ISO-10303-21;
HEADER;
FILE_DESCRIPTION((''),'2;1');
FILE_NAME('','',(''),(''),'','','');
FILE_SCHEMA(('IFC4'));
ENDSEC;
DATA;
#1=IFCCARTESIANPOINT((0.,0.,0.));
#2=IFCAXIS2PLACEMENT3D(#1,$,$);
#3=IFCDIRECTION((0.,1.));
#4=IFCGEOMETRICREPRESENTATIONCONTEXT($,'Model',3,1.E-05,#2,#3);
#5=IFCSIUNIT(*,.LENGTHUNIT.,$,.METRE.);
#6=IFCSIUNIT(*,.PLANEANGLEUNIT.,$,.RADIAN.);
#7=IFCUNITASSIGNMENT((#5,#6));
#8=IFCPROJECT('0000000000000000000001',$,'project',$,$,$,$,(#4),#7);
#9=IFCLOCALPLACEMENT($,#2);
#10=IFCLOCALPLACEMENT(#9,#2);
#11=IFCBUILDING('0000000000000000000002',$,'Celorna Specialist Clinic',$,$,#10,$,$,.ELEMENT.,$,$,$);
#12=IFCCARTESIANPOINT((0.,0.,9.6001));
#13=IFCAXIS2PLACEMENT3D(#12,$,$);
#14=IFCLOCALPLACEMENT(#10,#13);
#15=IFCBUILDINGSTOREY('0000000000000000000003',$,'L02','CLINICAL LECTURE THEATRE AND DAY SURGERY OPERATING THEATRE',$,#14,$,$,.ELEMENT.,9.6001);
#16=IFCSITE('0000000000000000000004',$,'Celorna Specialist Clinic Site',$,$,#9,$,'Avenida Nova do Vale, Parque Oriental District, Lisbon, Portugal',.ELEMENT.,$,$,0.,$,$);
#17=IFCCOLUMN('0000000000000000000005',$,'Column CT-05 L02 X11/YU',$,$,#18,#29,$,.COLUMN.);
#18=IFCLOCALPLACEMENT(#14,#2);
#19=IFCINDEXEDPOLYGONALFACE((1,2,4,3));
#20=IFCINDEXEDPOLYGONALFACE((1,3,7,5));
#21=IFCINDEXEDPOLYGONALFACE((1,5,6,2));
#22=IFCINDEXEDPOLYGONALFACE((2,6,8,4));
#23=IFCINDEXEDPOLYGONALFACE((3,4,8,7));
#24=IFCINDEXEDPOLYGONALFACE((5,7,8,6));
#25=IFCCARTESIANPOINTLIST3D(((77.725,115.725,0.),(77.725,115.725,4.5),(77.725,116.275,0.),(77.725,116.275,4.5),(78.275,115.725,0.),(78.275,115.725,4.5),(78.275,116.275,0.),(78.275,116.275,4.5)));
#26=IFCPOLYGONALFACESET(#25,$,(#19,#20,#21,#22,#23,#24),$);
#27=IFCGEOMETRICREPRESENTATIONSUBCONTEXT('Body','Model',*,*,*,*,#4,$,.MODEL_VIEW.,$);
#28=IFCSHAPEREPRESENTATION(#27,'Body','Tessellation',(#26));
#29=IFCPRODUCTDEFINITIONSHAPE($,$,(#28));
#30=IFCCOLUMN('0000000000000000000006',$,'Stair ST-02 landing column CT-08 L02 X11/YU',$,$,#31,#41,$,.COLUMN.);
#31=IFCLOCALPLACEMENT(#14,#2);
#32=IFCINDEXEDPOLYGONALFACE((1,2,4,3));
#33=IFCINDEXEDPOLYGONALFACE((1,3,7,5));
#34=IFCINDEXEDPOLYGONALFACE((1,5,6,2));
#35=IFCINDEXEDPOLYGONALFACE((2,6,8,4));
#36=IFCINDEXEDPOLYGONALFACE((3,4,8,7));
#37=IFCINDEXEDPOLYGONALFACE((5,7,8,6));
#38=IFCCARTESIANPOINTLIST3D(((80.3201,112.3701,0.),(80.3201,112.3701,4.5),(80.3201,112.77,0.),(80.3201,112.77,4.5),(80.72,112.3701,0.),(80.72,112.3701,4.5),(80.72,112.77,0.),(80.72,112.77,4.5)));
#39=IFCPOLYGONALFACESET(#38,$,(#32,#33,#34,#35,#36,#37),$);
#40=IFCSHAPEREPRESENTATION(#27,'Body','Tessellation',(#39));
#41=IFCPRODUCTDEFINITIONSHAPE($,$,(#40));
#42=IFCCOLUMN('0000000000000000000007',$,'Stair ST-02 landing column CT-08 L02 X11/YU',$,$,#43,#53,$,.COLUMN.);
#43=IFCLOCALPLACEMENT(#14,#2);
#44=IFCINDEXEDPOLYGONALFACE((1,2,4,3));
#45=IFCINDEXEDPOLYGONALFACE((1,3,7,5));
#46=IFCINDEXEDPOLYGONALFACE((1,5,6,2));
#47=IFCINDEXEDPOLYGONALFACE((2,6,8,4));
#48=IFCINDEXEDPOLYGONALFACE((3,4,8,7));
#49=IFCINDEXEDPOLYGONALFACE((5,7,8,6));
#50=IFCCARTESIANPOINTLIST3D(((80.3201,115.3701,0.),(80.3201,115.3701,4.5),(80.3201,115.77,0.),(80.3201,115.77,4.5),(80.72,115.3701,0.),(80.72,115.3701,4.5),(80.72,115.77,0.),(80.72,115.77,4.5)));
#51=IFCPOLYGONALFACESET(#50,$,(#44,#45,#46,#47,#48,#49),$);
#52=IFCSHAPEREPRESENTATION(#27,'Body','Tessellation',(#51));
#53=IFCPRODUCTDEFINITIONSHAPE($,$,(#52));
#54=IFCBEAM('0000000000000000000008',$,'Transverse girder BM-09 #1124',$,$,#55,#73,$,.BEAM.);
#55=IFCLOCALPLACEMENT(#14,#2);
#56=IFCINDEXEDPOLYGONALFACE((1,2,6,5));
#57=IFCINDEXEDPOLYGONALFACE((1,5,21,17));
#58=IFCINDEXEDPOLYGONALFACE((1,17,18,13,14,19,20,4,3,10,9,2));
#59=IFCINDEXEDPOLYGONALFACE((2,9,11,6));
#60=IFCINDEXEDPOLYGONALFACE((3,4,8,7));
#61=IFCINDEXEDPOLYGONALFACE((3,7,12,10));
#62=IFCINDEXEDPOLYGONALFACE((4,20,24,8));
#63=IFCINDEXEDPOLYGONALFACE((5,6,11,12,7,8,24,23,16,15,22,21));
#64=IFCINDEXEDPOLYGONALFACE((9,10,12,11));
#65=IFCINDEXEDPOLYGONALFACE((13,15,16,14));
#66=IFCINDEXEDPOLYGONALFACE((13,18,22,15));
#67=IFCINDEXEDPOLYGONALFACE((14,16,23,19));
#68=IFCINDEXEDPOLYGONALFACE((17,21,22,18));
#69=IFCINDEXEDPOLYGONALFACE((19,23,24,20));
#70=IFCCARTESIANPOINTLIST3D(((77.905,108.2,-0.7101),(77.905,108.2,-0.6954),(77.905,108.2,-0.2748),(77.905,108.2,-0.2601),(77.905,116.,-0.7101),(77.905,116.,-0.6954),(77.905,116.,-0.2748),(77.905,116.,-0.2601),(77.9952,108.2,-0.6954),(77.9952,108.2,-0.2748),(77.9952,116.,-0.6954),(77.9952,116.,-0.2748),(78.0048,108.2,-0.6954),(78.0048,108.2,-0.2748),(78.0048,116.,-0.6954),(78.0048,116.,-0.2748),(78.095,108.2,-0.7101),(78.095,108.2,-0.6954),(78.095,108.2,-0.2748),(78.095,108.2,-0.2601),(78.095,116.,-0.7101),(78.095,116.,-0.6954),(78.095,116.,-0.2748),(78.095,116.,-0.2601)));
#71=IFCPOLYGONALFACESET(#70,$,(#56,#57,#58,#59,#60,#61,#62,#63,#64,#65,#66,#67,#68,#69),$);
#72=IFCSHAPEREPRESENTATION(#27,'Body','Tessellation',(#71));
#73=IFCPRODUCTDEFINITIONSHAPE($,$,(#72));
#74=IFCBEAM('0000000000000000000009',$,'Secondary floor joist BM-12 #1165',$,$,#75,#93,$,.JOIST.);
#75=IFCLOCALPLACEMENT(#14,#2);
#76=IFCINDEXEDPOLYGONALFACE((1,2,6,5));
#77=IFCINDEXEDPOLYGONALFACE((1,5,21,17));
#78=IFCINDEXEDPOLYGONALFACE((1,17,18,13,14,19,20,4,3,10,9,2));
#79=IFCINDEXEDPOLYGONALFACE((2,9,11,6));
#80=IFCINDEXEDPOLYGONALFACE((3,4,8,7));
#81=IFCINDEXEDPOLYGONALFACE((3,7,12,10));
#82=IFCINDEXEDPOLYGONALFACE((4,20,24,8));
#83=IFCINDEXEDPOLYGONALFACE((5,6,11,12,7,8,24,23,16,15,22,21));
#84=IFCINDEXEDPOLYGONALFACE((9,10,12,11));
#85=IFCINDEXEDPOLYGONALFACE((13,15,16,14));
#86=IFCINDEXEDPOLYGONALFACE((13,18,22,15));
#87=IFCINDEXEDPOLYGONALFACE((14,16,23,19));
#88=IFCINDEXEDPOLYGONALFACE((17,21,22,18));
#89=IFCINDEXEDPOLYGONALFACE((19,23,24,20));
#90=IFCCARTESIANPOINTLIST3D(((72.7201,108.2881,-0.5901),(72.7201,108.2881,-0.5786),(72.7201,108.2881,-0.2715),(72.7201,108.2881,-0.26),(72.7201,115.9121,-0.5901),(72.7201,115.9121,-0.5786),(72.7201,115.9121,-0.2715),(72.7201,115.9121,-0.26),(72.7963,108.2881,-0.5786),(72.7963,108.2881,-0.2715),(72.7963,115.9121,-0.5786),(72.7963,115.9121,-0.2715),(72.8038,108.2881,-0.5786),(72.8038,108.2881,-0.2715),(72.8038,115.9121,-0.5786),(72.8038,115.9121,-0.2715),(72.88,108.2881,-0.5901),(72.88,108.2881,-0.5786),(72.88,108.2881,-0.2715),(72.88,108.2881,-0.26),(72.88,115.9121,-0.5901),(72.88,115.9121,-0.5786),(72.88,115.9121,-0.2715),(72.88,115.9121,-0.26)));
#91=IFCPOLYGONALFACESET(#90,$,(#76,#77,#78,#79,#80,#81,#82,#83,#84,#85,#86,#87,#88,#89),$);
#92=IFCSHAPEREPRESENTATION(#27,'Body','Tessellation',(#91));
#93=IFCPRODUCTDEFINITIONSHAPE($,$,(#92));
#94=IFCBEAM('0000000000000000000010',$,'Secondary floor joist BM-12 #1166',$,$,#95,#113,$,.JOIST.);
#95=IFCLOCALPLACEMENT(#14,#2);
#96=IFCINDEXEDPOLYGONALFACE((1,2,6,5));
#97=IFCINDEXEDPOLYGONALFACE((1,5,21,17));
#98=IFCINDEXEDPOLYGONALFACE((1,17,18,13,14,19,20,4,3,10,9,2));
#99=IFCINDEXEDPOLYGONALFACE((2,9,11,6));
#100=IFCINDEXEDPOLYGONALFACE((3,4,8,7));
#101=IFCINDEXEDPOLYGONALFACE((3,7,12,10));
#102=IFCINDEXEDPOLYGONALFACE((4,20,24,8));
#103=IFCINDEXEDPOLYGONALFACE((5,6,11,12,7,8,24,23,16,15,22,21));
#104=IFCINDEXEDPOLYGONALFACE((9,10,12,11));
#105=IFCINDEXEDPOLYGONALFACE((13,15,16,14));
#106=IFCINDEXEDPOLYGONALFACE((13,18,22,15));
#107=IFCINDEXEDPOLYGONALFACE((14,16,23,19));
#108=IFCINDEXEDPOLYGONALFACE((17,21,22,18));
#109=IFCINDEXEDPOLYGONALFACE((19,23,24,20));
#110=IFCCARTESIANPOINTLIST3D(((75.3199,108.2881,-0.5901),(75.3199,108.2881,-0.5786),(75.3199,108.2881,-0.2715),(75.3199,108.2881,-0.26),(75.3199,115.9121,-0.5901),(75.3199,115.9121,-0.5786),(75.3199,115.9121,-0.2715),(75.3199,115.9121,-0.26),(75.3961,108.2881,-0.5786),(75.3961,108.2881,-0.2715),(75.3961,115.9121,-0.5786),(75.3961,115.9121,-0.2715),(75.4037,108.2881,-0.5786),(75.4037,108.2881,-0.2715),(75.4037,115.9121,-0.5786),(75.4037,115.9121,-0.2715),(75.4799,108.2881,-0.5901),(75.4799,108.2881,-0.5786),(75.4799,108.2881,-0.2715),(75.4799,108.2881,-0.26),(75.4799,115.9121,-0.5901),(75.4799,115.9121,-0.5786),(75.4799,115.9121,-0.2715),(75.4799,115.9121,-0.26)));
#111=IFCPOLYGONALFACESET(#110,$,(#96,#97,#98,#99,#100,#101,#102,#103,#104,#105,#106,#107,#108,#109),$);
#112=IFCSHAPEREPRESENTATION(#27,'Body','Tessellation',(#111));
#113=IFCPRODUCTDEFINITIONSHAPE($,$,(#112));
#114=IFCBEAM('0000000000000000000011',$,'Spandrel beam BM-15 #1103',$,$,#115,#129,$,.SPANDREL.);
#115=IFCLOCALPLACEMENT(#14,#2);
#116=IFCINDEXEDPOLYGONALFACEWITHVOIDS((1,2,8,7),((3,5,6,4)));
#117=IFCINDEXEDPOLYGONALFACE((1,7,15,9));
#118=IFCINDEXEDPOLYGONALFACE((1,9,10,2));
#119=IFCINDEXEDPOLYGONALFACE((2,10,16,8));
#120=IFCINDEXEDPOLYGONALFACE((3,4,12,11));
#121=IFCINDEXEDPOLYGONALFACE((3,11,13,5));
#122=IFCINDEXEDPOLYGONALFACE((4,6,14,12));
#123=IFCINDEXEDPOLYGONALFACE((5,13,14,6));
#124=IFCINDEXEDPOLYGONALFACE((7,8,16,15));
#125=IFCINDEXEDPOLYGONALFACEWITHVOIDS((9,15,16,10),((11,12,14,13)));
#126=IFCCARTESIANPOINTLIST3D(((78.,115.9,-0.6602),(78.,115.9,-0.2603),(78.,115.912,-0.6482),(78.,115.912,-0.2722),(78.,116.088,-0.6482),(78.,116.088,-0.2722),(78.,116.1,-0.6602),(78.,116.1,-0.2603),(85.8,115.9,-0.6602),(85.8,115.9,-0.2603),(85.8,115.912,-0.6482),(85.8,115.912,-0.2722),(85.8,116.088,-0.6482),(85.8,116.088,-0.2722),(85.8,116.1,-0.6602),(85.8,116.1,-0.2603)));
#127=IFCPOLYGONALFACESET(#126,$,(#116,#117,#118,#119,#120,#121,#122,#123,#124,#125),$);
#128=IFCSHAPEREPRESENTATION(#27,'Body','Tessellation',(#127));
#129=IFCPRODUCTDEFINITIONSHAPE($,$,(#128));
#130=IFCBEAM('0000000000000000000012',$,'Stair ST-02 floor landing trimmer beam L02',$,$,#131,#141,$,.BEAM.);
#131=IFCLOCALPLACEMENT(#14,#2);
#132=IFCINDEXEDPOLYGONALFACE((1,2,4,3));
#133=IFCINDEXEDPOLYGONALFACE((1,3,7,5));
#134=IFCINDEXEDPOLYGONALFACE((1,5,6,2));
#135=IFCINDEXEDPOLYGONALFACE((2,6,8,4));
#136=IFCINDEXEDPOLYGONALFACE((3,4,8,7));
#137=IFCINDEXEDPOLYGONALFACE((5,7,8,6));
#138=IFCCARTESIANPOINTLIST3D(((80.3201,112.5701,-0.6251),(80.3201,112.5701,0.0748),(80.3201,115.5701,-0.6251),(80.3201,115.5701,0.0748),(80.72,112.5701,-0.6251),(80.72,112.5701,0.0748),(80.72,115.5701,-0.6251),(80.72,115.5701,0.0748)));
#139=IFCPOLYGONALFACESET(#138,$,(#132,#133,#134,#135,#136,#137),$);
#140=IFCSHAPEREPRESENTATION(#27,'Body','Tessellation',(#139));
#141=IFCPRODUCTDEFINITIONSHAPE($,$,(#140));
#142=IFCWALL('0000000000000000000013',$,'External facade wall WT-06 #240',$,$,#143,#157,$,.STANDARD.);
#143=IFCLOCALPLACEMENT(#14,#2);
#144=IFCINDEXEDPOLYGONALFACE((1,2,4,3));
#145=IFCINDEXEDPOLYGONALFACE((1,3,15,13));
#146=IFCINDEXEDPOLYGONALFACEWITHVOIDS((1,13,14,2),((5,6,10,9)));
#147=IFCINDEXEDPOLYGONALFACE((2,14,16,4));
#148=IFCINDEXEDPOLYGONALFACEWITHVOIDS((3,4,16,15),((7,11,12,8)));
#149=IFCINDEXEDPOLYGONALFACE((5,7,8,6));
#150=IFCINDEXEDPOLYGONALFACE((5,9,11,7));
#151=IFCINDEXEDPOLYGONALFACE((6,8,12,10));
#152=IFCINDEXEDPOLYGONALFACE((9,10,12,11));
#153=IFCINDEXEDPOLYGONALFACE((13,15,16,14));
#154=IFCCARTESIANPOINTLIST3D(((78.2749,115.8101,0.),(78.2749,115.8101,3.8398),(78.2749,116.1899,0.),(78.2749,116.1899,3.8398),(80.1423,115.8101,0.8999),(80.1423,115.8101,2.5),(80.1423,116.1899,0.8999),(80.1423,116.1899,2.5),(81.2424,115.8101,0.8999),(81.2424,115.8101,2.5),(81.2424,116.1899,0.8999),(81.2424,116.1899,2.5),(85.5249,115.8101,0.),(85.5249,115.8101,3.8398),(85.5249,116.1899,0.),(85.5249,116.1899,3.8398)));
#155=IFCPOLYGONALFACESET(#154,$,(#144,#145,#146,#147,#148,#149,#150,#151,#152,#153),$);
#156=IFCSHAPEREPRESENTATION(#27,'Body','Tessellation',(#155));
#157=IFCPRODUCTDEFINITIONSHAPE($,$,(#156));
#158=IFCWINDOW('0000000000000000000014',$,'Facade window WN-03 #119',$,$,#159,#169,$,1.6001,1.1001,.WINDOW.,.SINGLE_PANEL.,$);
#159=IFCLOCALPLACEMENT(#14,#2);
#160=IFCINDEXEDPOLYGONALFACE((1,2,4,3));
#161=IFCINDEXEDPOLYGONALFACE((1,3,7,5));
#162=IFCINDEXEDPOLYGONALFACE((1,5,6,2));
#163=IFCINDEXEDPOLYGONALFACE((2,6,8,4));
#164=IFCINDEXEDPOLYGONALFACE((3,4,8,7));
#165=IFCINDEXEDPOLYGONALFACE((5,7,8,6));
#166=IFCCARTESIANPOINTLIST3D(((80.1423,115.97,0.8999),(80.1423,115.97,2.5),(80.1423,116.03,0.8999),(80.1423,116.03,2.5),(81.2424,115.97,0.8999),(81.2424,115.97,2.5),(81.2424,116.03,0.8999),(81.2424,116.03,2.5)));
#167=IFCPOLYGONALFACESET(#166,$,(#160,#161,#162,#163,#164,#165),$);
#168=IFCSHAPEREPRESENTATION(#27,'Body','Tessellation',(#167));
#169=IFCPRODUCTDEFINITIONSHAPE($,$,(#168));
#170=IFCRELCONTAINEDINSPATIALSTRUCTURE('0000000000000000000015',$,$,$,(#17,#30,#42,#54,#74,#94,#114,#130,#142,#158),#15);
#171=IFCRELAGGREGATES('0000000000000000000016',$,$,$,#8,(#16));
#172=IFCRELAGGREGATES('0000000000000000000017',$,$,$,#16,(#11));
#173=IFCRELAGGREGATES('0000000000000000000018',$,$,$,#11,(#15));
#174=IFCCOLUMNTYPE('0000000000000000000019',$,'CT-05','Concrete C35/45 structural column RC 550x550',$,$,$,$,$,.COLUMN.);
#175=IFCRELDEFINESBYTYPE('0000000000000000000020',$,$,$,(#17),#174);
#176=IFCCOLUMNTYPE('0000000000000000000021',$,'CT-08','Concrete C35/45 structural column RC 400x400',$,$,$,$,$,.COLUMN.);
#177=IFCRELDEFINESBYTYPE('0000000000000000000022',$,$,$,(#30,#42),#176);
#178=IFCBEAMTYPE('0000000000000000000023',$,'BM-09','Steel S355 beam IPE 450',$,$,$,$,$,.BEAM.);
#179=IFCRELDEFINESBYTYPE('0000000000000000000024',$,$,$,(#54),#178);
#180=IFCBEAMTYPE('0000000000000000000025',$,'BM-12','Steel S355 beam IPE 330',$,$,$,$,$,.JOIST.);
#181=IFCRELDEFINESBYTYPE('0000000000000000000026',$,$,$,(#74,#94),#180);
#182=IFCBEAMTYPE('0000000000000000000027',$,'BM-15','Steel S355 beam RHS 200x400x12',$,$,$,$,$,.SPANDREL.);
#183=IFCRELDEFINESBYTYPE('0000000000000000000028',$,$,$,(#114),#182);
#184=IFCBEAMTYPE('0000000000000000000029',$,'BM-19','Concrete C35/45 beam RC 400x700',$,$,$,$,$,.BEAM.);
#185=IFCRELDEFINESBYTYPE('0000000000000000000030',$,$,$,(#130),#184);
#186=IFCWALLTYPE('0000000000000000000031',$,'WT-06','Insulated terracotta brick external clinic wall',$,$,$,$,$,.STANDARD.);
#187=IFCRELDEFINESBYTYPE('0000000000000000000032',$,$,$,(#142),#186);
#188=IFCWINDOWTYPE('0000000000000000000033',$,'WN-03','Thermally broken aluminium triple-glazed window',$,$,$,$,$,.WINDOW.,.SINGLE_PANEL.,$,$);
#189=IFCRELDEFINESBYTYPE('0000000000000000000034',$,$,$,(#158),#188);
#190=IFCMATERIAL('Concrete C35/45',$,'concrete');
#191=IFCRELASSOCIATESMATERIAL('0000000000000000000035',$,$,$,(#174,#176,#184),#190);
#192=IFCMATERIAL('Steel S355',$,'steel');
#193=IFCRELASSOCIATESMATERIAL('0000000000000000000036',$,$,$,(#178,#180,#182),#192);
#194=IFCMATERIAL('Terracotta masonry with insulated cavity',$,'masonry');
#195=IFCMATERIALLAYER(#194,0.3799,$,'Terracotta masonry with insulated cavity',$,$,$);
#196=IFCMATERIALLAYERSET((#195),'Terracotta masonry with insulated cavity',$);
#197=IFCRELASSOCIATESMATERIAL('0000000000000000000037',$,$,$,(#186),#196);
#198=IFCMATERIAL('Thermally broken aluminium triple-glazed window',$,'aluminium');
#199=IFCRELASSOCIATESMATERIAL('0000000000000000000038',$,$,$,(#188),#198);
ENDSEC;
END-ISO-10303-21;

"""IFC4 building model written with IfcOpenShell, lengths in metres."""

from ifc_helpers import new_model, si_unit, direction, frame, frame_2d, origin, origin_2d, place, context, subcontext, project, spatial, rectangle, hollow_rectangle, i_section, extrude, material, layer, layer_set, material_profile, profile_set, type_object, element, fill, save


model = new_model("IFC4")

# Units and contexts
model_context = context("Model", 3, precision=1e-05, world=origin(), true_north=direction((0.0, 1.0)))
body_context = subcontext(model_context, "Body", "Model", "MODEL_VIEW")
ifc_project = project(units=[si_unit("LENGTHUNIT", "METRE"), si_unit("PLANEANGLEUNIT", "RADIAN")], contexts=[model_context])

# Site, building, storey
site_placement = place(None, origin())
site = spatial("IfcSite", under=ifc_project, at=site_placement, Name="Celorna Specialist Clinic Site", LongName="Avenida Nova do Vale, Parque Oriental District, Lisbon, Portugal", CompositionType="ELEMENT", RefElevation=0.0)
building_placement = place(site_placement, origin())
building = spatial("IfcBuilding", under=site, at=building_placement, Name="Celorna Specialist Clinic", CompositionType="ELEMENT")
storey_placement = place(building_placement, frame((0.0, 0.0, 9.6001)))
storey = spatial("IfcBuildingStorey", under=building, at=storey_placement, Name="L02", Description="CLINICAL LECTURE THEATRE AND DAY SURGERY OPERATING THEATRE", CompositionType="ELEMENT", Elevation=9.6001)

# Columns
ifc_material_1 = material(Name="Concrete C35/45", Category="concrete")
ifc_material_profile_1 = material_profile(ifc_material_1, rectangle(XDim=0.55, YDim=0.55, at=origin_2d()), Name="RC 550x550")
ifc_profile_set_1 = profile_set([ifc_material_profile_1], Name="Concrete C35/45")
column_type_1 = type_object("IfcColumnType", Name="CT-05", Description="Concrete C35/45 structural column RC 550x550", PredefinedType="COLUMN", material=ifc_profile_set_1)
column_placement = place(storey_placement, frame((78.0, 116.0, 0.0), z_axis=(0.0, 0.0, 1.0), x_axis=(1.0, 0.0, 0.0)))
element("IfcColumn", 1, at=column_placement, inside=storey, type_object=column_type_1, Name="Column CT-05 L02 X11/YU", PredefinedType="COLUMN", context=body_context, shape_type="SweptSolid", body=[
    extrude(rectangle(XDim=0.55, YDim=0.55, at=origin_2d()), origin(), (0.0, 0.0, 1.0), 4.5),
])
ifc_material_profile_2 = material_profile(ifc_material_1, rectangle(XDim=0.3999, YDim=0.3999, at=origin_2d()), Name="RC 400x400")
ifc_profile_set_2 = profile_set([ifc_material_profile_2], Name="Concrete C35/45")
column_type_2 = type_object("IfcColumnType", Name="CT-08", Description="Concrete C35/45 structural column RC 400x400", PredefinedType="COLUMN", material=ifc_profile_set_2)
for number, where, z_axis, x_axis, name in (
    (2, (80.52, 112.5701, 0.0), (0.0, 0.0, 1.0), (1.0, 0.0, 0.0), "Stair ST-02 landing column CT-08 L02 X11/YU"),
    (3, (80.52, 115.5701, 0.0), (0.0, 0.0, 1.0), (1.0, 0.0, 0.0), "Stair ST-02 landing column CT-08 L02 X11/YU"),
):
    element("IfcColumn", number, at=place(storey_placement, frame(where, z_axis=z_axis, x_axis=x_axis)), inside=storey, type_object=column_type_2, Name=name, PredefinedType="COLUMN", context=body_context, shape_type="SweptSolid", body=[
        extrude(rectangle(XDim=0.3999, YDim=0.3999, at=origin_2d()), origin(), (0.0, 0.0, 1.0), 4.5),
    ])

# Beams
ifc_material_2 = material(Name="Steel S355", Category="steel")
ifc_material_profile_3 = material_profile(ifc_material_2, i_section(OverallWidth=0.1899, OverallDepth=0.45, WebThickness=0.0095, FlangeThickness=0.0146, at=origin_2d()), Name="IPE 450")
ifc_profile_set_3 = profile_set([ifc_material_profile_3], Name="Steel S355")
beam_type_1 = type_object("IfcBeamType", Name="BM-09", Description="Steel S355 beam IPE 450", PredefinedType="BEAM", material=ifc_profile_set_3)
beam_1_placement = place(storey_placement, frame((78.0, 108.2, -0.4851), z_axis=(0.0, 1.0, 0.0), x_axis=(-1.0, 0.0, 0.0)))
element("IfcBeam", 4, at=beam_1_placement, inside=storey, type_object=beam_type_1, Name="Transverse girder BM-09 #1124", PredefinedType="BEAM", context=body_context, shape_type="SweptSolid", body=[
    extrude(i_section(OverallWidth=0.1899, OverallDepth=0.45, WebThickness=0.0095, FlangeThickness=0.0146, at=origin_2d()), origin(), (0.0, 0.0, 1.0), 7.8),
])
ifc_material_profile_4 = material_profile(ifc_material_2, i_section(OverallWidth=0.1599, OverallDepth=0.3301, WebThickness=0.0076, FlangeThickness=0.0115, at=origin_2d()), Name="IPE 330")
ifc_profile_set_4 = profile_set([ifc_material_profile_4], Name="Steel S355")
beam_type_2 = type_object("IfcBeamType", Name="BM-12", Description="Steel S355 beam IPE 330", PredefinedType="JOIST", material=ifc_profile_set_4)
for number, where, z_axis, x_axis, name in (
    (5, (72.8, 108.2881, -0.425), (0.0, 1.0, 0.0), (-1.0, 0.0, 0.0), "Secondary floor joist BM-12 #1165"),
    (6, (75.3999, 108.2881, -0.425), (0.0, 1.0, 0.0), (-1.0, 0.0, 0.0), "Secondary floor joist BM-12 #1166"),
):
    element("IfcBeam", number, at=place(storey_placement, frame(where, z_axis=z_axis, x_axis=x_axis)), inside=storey, type_object=beam_type_2, Name=name, PredefinedType="JOIST", context=body_context, shape_type="SweptSolid", body=[
        extrude(i_section(OverallWidth=0.1599, OverallDepth=0.3301, WebThickness=0.0076, FlangeThickness=0.0115, at=origin_2d()), origin(), (0.0, 0.0, 1.0), 7.624),
    ])
ifc_material_profile_5 = material_profile(ifc_material_2, hollow_rectangle(XDim=0.2, YDim=0.3999, WallThickness=0.012, at=origin_2d()), Name="RHS 200x400x12")
ifc_profile_set_5 = profile_set([ifc_material_profile_5], Name="Steel S355")
beam_type_3 = type_object("IfcBeamType", Name="BM-15", Description="Steel S355 beam RHS 200x400x12", PredefinedType="SPANDREL", material=ifc_profile_set_5)
beam_2_placement = place(storey_placement, frame((78.0, 116.0, -0.4602), z_axis=(1.0, 0.0, 0.0), x_axis=(0.0, 1.0, 0.0)))
element("IfcBeam", 7, at=beam_2_placement, inside=storey, type_object=beam_type_3, Name="Spandrel beam BM-15 #1103", PredefinedType="SPANDREL", context=body_context, shape_type="SweptSolid", body=[
    extrude(hollow_rectangle(XDim=0.2, YDim=0.3999, WallThickness=0.012, at=origin_2d()), origin(), (0.0, 0.0, 1.0), 7.8),
])
ifc_material_profile_6 = material_profile(ifc_material_1, rectangle(XDim=0.3999, YDim=0.7, at=origin_2d()), Name="RC 400x700")
ifc_profile_set_6 = profile_set([ifc_material_profile_6], Name="Concrete C35/45")
beam_type_4 = type_object("IfcBeamType", Name="BM-19", Description="Concrete C35/45 beam RC 400x700", PredefinedType="BEAM", material=ifc_profile_set_6)
beam_3_placement = place(storey_placement, frame((80.52, 112.5701, -0.2751), z_axis=(0.0, 1.0, 0.0), x_axis=(-1.0, 0.0, 0.0)))
element("IfcBeam", 8, at=beam_3_placement, inside=storey, type_object=beam_type_4, Name="Stair ST-02 floor landing trimmer beam L02", PredefinedType="BEAM", context=body_context, shape_type="SweptSolid", body=[
    extrude(rectangle(XDim=0.3999, YDim=0.7, at=origin_2d()), origin(), (0.0, 0.0, 1.0), 3.0),
])

# Wall, opening, window
ifc_material_3 = material(Name="Terracotta masonry with insulated cavity", Category="masonry")
ifc_layer_1 = layer(ifc_material_3, 0.3799, Name="Terracotta masonry with insulated cavity")
ifc_layer_set_1 = layer_set([ifc_layer_1], Name="Terracotta masonry with insulated cavity")
wall_type_1 = type_object("IfcWallType", Name="WT-06", Description="Insulated terracotta brick external clinic wall", PredefinedType="STANDARD", material=ifc_layer_set_1)
wall_1_placement = place(storey_placement, frame((78.2749, 116.0, 0.0), z_axis=(0.0, 0.0, 1.0), x_axis=(1.0, 0.0, 0.0)))
wall_1 = element("IfcWall", 9, at=wall_1_placement, inside=storey, type_object=wall_type_1, Name="External facade wall WT-06 #240", PredefinedType="STANDARD", context=body_context, shape_type="SweptSolid", body=[
    extrude(rectangle(XDim=7.25, YDim=0.3799, at=frame_2d((3.625, 0.0))), origin(), (0.0, 0.0, 1.0), 3.8398),
])
opening_1_placement = place(wall_1_placement, frame((1.8674, 0.0, 0.8999)))
opening_1 = element("IfcOpeningElement", 10, at=opening_1_placement, cuts=wall_1, PredefinedType="OPENING", context=body_context, shape_type="SweptSolid", body=[
    extrude(rectangle(XDim=1.1001, YDim=1.6001, at=frame_2d((0.55, 0.8))), frame((0.0, 0.2, 0.0), z_axis=(0.0, -1.0, 0.0), x_axis=(1.0, 0.0, 0.0)), (0.0, 0.0, 1.0), 0.3999),
])
ifc_material_4 = material(Name="Thermally broken aluminium triple-glazed window", Category="aluminium")
window_type = type_object("IfcWindowType", Name="WN-03", Description="Thermally broken aluminium triple-glazed window", PartitioningType="SINGLE_PANEL", PredefinedType="WINDOW", material=ifc_material_4)
window_placement = place(opening_1_placement, origin())
window = element("IfcWindow", 11, at=window_placement, inside=storey, type_object=window_type, Name="Facade window WN-03 #119", OverallHeight=1.6001, OverallWidth=1.1001, PartitioningType="SINGLE_PANEL", PredefinedType="WINDOW", context=body_context, shape_type="SweptSolid", body=[
    extrude(rectangle(XDim=1.1001, YDim=1.6001, at=frame_2d((0.55, 0.8))), frame((0.0, 0.03, 0.0), z_axis=(0.0, -1.0, 0.0), x_axis=(1.0, 0.0, 0.0)), (0.0, 0.0, 1.0), 0.0601),
])
fill(opening_1, window)

save(model, "model.ifc")
